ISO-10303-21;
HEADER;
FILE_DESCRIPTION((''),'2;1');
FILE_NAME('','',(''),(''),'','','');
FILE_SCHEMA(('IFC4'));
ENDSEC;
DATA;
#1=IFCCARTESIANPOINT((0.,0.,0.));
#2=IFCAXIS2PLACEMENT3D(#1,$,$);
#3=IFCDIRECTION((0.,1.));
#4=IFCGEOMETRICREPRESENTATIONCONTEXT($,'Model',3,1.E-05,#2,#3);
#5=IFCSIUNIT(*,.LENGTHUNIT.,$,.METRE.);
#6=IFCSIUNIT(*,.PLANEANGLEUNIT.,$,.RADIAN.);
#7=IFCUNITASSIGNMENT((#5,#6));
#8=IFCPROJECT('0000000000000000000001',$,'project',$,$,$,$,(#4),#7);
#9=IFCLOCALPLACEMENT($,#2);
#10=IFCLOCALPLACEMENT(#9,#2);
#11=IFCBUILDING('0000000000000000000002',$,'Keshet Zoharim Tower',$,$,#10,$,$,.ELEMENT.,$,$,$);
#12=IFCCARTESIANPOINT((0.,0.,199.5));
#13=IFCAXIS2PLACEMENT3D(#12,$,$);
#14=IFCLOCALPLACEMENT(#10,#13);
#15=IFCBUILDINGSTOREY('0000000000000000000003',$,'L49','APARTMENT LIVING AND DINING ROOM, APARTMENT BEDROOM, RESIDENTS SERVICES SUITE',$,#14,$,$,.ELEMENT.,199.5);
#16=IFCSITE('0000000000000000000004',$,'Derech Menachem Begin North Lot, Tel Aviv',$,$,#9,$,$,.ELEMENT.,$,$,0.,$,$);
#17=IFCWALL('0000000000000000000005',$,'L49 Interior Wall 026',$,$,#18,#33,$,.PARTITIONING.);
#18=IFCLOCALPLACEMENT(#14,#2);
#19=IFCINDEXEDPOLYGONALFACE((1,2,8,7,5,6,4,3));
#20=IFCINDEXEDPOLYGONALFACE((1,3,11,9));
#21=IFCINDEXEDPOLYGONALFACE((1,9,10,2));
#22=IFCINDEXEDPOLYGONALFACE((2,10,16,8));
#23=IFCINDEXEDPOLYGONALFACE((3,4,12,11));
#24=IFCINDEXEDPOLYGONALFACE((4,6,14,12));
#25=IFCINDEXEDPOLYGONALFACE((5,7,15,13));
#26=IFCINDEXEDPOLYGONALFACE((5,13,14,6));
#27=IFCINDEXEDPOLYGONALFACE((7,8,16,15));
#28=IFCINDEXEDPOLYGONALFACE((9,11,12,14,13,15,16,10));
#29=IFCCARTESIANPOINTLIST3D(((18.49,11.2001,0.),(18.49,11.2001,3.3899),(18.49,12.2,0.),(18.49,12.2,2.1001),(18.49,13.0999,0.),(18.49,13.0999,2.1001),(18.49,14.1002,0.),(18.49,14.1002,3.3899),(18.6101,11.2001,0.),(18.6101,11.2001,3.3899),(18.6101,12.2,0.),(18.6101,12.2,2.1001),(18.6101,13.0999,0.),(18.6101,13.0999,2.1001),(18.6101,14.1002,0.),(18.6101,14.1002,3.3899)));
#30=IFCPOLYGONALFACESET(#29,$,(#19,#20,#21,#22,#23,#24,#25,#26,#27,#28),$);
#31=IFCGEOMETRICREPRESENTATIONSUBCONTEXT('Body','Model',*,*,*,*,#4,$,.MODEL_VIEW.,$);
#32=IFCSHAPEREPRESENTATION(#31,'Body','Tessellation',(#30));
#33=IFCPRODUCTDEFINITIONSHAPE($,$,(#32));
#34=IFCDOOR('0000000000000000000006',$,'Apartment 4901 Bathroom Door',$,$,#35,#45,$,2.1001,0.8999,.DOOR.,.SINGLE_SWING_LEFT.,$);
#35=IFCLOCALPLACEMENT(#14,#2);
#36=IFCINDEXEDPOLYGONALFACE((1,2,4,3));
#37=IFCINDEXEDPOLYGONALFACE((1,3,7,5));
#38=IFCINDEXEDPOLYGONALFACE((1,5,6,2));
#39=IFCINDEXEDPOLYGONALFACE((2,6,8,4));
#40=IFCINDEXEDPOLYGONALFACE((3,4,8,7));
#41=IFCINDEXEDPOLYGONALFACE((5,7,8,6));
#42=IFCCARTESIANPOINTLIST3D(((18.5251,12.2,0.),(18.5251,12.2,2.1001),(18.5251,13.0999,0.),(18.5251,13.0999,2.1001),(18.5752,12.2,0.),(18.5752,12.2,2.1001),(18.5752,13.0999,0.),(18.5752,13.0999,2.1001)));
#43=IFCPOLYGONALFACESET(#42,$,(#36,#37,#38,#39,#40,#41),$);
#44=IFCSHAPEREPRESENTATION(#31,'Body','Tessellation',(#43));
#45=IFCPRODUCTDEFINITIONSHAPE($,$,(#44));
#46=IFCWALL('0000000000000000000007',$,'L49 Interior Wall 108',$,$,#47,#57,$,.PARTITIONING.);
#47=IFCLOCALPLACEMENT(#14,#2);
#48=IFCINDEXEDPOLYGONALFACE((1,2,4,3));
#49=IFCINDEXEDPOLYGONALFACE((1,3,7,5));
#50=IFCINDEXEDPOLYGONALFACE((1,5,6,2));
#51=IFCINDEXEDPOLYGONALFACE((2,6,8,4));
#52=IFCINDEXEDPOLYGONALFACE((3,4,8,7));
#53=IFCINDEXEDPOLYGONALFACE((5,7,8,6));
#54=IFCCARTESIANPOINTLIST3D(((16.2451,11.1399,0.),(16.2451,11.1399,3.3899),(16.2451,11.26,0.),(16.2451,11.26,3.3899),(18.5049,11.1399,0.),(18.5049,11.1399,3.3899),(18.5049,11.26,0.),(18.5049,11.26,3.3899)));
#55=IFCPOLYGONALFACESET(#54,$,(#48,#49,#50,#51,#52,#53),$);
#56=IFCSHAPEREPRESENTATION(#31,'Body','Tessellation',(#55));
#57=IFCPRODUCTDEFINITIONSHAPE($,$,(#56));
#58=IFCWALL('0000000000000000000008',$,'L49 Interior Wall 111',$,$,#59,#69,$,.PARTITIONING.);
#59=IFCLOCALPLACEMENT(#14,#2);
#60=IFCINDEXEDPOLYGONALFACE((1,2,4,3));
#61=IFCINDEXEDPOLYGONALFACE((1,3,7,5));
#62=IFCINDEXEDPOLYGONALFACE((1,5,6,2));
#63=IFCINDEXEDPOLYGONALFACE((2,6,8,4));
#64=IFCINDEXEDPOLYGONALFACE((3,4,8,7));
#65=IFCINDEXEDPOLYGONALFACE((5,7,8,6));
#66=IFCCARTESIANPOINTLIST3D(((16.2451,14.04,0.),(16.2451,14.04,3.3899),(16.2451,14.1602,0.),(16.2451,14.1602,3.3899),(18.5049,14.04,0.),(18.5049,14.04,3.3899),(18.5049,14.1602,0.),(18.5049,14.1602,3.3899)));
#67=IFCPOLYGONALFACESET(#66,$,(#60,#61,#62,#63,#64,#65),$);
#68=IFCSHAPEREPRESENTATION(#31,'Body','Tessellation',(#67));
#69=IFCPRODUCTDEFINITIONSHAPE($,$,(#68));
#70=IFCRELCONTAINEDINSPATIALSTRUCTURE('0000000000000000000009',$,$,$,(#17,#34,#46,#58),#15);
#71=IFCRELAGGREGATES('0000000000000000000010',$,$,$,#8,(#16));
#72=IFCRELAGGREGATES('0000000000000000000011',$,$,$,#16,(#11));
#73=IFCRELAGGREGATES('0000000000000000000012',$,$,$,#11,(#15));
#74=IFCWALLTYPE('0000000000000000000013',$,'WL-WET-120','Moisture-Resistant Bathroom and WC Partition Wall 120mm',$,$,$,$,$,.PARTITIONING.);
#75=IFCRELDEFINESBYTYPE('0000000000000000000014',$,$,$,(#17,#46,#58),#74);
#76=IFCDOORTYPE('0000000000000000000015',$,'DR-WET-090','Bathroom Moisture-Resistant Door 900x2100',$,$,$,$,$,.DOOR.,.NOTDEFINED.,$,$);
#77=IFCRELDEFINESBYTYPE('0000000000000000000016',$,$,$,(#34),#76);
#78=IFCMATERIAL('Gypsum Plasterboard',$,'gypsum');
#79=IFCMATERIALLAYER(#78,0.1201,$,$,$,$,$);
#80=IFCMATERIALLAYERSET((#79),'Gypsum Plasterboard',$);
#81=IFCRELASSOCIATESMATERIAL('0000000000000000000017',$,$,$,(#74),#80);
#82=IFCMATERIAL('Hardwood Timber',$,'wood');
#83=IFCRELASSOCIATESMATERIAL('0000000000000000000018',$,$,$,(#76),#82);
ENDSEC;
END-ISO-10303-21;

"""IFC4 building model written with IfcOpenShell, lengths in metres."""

from ifc_helpers import new_model, si_unit, direction, frame, frame_2d, origin, place, context, subcontext, project, spatial, rectangle, extrude, material, layer, layer_set, type_object, element, fill, save


model = new_model("IFC4")

# Units and contexts
model_context = context("Model", 3, precision=1e-05, world=origin(), true_north=direction((0.0, 1.0)))
body_context = subcontext(model_context, "Body", "Model", "MODEL_VIEW")
ifc_project = project(units=[si_unit("LENGTHUNIT", "METRE"), si_unit("PLANEANGLEUNIT", "RADIAN")], contexts=[model_context])

# Site, building, storey
site_placement = place(None, origin())
site = spatial("IfcSite", under=ifc_project, at=site_placement, Name="Derech Menachem Begin North Lot, Tel Aviv", CompositionType="ELEMENT", RefElevation=0.0)
building_placement = place(site_placement, origin())
building = spatial("IfcBuilding", under=site, at=building_placement, Name="Keshet Zoharim Tower", CompositionType="ELEMENT")
storey_placement = place(building_placement, frame((0.0, 0.0, 199.5)))
storey = spatial("IfcBuildingStorey", under=building, at=storey_placement, Name="L49", Description="APARTMENT LIVING AND DINING ROOM, APARTMENT BEDROOM, RESIDENTS SERVICES SUITE", CompositionType="ELEMENT", Elevation=199.5)

# Shared definitions
ifc_material_1 = material(Name="Gypsum Plasterboard", Category="gypsum")
ifc_material_2 = material(Name="Hardwood Timber", Category="wood")

# Shared definitions
ifc_layer_1 = layer(ifc_material_1, 0.1201)
ifc_layer_set_1 = layer_set([ifc_layer_1], Name="Gypsum Plasterboard")
wall_type_1 = type_object("IfcWallType", Name="WL-WET-120", Description="Moisture-Resistant Bathroom and WC Partition Wall 120mm", PredefinedType="PARTITIONING", material=ifc_layer_set_1)

# Wall, opening, door
wall_1_placement = place(storey_placement, frame((18.55, 11.2, 0.0), z_axis=(0.0, 0.0, 1.0), x_axis=(0.0, 1.0, 0.0)))
wall_1 = element("IfcWall", 1, at=wall_1_placement, inside=storey, type_object=wall_type_1, Name="L49 Interior Wall 026", PredefinedType="PARTITIONING", context=body_context, shape_type="SweptSolid", body=[
    extrude(rectangle(XDim=2.9001, YDim=0.1201, at=frame_2d((1.4502, 0.0))), origin(), (0.0, 0.0, 1.0), 3.3899),
])
opening_1_placement = place(wall_1_placement, frame((1.0, 0.0, 0.0)))
opening_1 = element("IfcOpeningElement", 2, at=opening_1_placement, cuts=wall_1, PredefinedType="OPENING", context=body_context, shape_type="SweptSolid", body=[
    extrude(rectangle(XDim=0.8999, YDim=2.1001, at=frame_2d((0.45, 1.05))), frame((0.0, 0.0701, 0.0), z_axis=(0.0, -1.0, 0.0), x_axis=(1.0, 0.0, 0.0)), (0.0, 0.0, 1.0), 0.1401),
])
door_type_1 = type_object("IfcDoorType", Name="DR-WET-090", Description="Bathroom Moisture-Resistant Door 900x2100", OperationType="NOTDEFINED", PredefinedType="DOOR", material=ifc_material_2)
door_1_placement = place(opening_1_placement, origin())
door_1 = element("IfcDoor", 3, at=door_1_placement, inside=storey, type_object=door_type_1, Name="Apartment 4901 Bathroom Door", OperationType="SINGLE_SWING_LEFT", OverallHeight=2.1001, OverallWidth=0.8999, PredefinedType="DOOR", context=body_context, shape_type="SweptSolid", body=[
    extrude(rectangle(XDim=0.8999, YDim=2.1001, at=frame_2d((0.45, 1.05))), frame((0.0, 0.0249, 0.0), z_axis=(0.0, -1.0, 0.0), x_axis=(1.0, 0.0, 0.0)), (0.0, 0.0, 1.0), 0.05),
])
fill(opening_1, door_1)

# Walls
for number, where, z_axis, x_axis, name in (
    (4, (16.2451, 11.2, 0.0), (0.0, 0.0, 1.0), (1.0, 0.0, 0.0), "L49 Interior Wall 108"),
    (5, (16.2451, 14.1001, 0.0), (0.0, 0.0, 1.0), (1.0, 0.0, 0.0), "L49 Interior Wall 111"),
):
    element("IfcWall", number, at=place(storey_placement, frame(where, z_axis=z_axis, x_axis=x_axis)), inside=storey, type_object=wall_type_1, Name=name, PredefinedType="PARTITIONING", context=body_context, shape_type="SweptSolid", body=[
        extrude(rectangle(XDim=2.2598, YDim=0.1201, at=frame_2d((1.1299, 0.0))), origin(), (0.0, 0.0, 1.0), 3.3899),
    ])

save(model, "model.ifc")
